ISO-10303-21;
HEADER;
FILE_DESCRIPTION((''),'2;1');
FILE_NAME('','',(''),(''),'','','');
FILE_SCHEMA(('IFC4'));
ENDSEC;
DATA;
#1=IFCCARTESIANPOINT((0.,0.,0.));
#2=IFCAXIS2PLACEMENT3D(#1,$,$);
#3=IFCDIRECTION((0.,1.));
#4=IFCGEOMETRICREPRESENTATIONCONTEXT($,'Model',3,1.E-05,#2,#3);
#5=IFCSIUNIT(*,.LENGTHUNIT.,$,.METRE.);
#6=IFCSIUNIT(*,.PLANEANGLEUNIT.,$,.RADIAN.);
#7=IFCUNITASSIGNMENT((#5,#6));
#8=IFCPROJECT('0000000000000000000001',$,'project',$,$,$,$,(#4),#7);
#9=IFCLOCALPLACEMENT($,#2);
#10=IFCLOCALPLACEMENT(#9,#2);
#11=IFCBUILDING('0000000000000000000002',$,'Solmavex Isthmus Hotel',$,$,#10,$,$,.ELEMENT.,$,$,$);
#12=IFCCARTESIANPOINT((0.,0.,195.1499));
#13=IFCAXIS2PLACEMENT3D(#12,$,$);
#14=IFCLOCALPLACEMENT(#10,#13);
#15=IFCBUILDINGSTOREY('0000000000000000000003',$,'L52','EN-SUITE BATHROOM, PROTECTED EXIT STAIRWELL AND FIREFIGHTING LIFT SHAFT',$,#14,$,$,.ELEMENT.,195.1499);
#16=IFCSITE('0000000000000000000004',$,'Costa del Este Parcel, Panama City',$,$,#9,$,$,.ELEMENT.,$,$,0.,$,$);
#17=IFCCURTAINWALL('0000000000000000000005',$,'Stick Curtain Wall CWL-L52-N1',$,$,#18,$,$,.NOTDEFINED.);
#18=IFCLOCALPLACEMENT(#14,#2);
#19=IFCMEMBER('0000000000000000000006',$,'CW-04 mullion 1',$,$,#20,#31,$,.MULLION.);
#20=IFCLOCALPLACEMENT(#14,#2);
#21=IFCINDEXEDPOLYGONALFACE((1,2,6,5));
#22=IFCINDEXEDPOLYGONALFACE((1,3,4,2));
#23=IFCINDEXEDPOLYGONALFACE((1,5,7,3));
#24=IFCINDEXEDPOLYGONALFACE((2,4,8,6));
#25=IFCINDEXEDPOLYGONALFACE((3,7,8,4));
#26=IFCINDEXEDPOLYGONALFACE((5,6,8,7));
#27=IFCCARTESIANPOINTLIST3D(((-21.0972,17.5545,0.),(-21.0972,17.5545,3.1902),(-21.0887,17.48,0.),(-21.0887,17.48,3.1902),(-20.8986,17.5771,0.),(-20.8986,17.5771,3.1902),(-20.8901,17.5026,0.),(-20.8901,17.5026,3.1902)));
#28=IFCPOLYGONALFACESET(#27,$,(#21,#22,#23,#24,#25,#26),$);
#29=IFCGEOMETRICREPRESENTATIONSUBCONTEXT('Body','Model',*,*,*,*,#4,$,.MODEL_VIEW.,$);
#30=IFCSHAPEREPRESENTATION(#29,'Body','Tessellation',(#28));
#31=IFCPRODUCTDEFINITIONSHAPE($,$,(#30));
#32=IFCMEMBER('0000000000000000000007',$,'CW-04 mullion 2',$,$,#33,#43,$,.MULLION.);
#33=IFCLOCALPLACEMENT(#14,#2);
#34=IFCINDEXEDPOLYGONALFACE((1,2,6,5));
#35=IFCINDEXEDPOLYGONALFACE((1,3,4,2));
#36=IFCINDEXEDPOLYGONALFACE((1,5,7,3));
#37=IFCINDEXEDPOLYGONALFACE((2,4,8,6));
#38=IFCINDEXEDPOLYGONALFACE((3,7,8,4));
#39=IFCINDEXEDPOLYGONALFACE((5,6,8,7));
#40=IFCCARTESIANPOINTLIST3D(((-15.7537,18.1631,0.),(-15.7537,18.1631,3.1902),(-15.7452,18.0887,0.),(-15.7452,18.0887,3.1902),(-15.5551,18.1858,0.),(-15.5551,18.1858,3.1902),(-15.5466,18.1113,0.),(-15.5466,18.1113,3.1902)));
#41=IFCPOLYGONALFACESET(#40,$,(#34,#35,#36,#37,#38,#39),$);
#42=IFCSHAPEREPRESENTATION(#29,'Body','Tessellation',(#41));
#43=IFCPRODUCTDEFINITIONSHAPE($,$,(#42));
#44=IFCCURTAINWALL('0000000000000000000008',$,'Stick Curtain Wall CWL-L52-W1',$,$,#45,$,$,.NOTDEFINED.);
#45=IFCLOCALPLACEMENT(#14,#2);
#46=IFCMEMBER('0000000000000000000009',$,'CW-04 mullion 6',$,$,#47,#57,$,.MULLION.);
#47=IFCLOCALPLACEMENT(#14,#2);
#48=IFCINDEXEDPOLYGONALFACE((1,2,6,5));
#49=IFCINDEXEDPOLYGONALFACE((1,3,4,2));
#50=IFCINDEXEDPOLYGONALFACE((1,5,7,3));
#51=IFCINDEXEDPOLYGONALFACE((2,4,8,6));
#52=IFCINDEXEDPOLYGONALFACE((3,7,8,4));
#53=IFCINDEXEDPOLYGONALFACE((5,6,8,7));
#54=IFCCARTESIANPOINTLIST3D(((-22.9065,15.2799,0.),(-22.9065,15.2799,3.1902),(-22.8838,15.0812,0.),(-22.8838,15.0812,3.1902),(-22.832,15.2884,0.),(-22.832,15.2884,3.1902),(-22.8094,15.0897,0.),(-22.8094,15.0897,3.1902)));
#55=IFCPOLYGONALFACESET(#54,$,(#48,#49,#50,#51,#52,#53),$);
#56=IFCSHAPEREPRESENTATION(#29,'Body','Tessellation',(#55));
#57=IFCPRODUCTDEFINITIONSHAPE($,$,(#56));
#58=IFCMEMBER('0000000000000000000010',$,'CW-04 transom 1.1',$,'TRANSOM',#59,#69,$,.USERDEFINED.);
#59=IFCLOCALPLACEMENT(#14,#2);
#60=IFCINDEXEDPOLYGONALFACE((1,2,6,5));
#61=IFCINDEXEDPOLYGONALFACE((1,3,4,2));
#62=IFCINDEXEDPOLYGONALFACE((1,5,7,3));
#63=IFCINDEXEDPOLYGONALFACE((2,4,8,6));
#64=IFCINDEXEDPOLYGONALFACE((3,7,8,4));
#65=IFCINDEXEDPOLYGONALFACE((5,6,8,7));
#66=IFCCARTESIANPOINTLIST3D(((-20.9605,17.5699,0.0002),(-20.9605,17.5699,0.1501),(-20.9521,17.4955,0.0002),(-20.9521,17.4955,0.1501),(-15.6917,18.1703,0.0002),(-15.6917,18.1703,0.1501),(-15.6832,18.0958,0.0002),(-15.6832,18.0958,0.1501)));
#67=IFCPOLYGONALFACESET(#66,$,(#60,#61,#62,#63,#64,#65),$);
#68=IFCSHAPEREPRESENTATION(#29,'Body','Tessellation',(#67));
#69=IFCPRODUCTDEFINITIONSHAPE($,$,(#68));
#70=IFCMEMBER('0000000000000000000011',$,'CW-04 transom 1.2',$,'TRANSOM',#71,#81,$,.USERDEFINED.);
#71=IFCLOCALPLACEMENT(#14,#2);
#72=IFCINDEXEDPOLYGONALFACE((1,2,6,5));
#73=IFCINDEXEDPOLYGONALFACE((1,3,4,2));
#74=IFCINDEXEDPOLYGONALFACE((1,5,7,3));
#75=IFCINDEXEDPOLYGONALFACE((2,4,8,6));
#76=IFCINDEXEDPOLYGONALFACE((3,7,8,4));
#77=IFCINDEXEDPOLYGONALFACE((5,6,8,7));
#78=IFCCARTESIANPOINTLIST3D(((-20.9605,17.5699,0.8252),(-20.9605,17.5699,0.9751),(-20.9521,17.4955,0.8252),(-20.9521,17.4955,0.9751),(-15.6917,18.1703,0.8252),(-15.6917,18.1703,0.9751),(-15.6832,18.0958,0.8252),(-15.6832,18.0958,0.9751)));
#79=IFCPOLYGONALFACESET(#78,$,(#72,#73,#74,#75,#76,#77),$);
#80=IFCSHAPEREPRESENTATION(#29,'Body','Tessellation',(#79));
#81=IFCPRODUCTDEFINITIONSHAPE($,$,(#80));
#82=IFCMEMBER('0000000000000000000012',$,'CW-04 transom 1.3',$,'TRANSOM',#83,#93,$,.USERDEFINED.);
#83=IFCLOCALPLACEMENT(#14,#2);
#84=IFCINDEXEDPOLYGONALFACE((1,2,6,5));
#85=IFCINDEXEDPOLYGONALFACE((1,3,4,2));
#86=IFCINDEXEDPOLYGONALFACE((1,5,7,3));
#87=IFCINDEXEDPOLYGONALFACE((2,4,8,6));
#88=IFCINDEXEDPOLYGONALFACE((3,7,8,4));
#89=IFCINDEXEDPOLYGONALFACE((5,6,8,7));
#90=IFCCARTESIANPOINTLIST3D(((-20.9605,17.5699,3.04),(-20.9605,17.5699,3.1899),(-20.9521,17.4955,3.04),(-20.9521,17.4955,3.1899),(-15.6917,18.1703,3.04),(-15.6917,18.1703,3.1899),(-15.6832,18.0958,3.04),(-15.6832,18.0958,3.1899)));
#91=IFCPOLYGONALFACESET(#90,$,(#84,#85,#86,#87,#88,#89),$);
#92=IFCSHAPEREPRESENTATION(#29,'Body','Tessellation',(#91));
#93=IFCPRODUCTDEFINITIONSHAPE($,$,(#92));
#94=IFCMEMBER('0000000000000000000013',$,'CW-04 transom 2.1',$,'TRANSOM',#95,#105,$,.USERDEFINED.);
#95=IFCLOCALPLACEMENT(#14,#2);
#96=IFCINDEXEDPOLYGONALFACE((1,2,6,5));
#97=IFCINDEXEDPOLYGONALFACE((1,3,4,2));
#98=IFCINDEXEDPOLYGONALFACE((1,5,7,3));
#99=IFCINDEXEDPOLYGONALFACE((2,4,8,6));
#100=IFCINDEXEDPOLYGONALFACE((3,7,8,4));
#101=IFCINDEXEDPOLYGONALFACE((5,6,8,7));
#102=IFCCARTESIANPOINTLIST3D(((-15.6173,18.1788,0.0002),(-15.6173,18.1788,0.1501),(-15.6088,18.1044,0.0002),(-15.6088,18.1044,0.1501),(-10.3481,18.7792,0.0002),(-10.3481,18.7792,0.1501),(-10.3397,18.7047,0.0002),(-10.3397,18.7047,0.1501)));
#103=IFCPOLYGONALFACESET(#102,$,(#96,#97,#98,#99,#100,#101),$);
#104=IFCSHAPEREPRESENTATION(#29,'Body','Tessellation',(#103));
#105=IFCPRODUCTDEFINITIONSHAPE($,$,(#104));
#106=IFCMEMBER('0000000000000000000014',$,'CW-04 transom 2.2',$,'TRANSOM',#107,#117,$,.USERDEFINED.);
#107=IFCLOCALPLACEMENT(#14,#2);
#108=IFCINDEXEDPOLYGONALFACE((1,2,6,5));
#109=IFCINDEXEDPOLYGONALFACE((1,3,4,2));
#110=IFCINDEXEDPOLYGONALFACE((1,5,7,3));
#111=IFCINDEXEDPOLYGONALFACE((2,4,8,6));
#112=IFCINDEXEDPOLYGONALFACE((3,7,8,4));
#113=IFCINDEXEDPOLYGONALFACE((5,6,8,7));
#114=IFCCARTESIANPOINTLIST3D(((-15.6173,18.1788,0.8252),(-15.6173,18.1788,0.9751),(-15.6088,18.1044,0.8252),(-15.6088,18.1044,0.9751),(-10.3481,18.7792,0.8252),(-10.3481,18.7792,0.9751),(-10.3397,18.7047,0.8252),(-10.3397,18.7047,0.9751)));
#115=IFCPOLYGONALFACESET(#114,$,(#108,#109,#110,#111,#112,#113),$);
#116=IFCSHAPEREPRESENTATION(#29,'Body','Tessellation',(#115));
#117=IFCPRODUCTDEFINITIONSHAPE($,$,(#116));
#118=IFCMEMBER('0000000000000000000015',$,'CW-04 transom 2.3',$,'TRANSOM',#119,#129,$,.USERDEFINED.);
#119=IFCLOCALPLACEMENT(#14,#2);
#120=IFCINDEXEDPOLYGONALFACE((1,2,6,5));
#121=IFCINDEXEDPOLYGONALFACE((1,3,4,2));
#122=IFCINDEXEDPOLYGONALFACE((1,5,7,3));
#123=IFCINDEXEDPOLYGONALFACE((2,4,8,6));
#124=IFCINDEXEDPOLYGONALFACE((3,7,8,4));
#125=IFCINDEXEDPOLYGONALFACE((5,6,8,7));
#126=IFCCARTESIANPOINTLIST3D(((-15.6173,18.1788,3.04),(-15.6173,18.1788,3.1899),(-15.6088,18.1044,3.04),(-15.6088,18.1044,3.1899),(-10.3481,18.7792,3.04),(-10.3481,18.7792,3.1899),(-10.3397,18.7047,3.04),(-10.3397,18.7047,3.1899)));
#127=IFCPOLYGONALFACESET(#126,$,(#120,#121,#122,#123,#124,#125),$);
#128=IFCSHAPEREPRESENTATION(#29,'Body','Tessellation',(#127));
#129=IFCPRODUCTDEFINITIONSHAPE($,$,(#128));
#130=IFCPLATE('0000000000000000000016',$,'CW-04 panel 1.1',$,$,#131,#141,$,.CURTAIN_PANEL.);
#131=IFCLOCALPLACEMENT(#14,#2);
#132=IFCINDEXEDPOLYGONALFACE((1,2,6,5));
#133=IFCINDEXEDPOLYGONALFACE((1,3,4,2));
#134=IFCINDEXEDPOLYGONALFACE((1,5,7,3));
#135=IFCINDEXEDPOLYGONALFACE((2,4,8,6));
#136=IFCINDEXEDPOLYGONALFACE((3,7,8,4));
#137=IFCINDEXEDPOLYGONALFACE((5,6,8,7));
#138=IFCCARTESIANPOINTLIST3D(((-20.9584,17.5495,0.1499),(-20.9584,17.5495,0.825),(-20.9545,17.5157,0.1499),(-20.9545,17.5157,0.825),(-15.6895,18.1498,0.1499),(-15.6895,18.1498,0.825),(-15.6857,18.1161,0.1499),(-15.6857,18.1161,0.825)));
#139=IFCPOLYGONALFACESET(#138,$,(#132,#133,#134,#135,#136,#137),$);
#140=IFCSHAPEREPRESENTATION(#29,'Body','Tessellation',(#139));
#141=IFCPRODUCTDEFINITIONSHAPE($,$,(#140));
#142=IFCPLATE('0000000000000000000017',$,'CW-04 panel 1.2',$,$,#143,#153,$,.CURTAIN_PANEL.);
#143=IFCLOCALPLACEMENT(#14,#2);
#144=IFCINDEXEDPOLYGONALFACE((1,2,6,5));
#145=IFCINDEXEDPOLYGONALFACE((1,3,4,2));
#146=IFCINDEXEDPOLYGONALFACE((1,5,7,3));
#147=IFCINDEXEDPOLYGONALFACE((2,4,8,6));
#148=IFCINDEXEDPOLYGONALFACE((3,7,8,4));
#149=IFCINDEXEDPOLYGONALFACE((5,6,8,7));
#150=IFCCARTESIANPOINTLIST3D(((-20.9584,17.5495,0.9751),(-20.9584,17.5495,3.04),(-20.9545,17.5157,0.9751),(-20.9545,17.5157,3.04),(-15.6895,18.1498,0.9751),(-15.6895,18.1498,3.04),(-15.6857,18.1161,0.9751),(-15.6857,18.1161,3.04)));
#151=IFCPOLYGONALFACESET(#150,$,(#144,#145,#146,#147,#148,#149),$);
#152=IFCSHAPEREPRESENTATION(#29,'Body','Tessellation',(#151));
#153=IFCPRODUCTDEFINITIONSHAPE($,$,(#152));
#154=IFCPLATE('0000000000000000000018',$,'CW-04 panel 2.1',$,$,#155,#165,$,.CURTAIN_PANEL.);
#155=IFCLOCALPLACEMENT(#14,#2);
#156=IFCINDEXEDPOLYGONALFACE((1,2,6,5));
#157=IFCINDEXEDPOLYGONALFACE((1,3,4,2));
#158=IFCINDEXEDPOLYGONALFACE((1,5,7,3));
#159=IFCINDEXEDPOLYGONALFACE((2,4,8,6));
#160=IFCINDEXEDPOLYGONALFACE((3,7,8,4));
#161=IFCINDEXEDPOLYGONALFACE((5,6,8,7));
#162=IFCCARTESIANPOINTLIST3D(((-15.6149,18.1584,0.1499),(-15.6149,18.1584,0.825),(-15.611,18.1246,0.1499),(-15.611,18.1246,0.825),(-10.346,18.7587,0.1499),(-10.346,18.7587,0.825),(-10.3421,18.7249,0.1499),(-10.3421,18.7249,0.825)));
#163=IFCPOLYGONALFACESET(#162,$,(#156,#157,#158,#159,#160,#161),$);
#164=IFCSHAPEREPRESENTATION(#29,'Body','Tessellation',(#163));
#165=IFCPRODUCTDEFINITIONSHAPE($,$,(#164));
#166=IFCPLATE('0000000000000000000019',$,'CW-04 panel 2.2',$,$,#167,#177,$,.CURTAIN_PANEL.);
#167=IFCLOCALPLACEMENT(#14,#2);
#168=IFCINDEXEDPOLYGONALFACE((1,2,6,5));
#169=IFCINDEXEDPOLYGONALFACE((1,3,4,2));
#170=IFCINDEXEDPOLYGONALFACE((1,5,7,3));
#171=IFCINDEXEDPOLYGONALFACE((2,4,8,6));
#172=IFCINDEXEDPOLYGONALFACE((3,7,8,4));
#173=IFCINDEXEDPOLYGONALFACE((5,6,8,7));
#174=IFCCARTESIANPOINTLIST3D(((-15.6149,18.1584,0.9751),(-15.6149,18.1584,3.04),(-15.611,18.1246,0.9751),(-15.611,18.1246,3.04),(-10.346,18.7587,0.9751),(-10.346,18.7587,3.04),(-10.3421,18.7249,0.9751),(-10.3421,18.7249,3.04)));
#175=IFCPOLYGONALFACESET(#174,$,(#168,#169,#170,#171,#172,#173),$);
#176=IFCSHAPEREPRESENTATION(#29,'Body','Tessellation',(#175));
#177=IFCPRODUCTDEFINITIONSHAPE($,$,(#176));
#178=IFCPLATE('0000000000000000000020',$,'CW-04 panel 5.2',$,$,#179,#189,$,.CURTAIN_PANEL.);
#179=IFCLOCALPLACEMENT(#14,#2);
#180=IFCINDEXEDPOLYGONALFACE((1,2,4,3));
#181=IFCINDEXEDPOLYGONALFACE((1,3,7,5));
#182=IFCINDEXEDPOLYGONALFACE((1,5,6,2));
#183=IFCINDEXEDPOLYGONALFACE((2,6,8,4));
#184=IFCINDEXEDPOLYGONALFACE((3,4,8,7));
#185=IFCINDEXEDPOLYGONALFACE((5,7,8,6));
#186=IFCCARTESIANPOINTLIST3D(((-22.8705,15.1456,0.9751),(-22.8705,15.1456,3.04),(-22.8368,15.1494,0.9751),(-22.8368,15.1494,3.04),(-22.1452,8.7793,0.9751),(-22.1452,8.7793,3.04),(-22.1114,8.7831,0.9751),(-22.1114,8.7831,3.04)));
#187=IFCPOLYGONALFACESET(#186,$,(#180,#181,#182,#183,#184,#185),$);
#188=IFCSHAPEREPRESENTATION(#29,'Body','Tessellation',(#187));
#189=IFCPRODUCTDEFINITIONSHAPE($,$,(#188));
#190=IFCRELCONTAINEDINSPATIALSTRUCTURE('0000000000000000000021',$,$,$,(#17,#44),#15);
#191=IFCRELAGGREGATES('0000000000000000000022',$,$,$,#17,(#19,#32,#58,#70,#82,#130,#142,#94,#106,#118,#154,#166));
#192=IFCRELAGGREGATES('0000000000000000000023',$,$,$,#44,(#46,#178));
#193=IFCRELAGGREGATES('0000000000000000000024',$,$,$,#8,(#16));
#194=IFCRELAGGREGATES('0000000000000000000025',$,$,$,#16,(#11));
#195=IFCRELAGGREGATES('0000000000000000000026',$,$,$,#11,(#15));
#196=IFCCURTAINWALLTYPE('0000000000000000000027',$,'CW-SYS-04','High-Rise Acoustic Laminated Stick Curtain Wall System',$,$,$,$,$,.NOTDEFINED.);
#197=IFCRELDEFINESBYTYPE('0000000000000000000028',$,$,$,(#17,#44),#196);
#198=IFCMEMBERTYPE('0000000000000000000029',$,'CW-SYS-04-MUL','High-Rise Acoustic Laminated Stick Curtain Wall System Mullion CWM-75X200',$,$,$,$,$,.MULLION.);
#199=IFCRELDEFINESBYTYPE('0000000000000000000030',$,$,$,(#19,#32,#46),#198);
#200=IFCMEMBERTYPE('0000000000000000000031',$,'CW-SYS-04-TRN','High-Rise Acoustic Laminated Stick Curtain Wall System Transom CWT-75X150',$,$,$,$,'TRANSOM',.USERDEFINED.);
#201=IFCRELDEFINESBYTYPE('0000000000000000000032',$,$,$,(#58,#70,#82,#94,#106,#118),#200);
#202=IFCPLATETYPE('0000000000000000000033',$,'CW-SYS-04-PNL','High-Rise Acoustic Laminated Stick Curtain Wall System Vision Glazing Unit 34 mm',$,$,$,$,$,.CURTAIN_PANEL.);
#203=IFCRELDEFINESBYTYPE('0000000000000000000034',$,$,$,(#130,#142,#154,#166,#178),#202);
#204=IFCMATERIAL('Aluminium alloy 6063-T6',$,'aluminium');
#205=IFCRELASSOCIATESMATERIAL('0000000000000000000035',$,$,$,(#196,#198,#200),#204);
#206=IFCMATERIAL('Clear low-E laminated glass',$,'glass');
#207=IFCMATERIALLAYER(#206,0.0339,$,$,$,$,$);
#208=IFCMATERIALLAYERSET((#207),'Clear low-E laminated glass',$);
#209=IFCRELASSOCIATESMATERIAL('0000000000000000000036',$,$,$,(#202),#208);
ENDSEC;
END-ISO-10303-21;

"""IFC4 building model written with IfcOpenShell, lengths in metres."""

from ifc_helpers import new_model, si_unit, direction, frame, origin, origin_2d, place, context, subcontext, project, spatial, rectangle, extrude, material, layer, layer_set, material_profile, profile_set, type_object, element, aggregate, save


model = new_model("IFC4")

# Units and contexts
model_context = context("Model", 3, precision=1e-05, world=origin(), true_north=direction((0.0, 1.0)))
body_context = subcontext(model_context, "Body", "Model", "MODEL_VIEW")
ifc_project = project(units=[si_unit("LENGTHUNIT", "METRE"), si_unit("PLANEANGLEUNIT", "RADIAN")], contexts=[model_context])

# Site, building, storey
site_placement = place(None, origin())
site = spatial("IfcSite", under=ifc_project, at=site_placement, Name="Costa del Este Parcel, Panama City", CompositionType="ELEMENT", RefElevation=0.0)
building_placement = place(site_placement, origin())
building = spatial("IfcBuilding", under=site, at=building_placement, Name="Solmavex Isthmus Hotel", CompositionType="ELEMENT")
storey_placement = place(building_placement, frame((0.0, 0.0, 195.1499)))
storey = spatial("IfcBuildingStorey", under=building, at=storey_placement, Name="L52", Description="EN-SUITE BATHROOM, PROTECTED EXIT STAIRWELL AND FIREFIGHTING LIFT SHAFT", CompositionType="ELEMENT", Elevation=195.1499)

# Curtain wall, members
ifc_material_1 = material(Name="Aluminium alloy 6063-T6", Category="aluminium")
curtain_wall_type = type_object("IfcCurtainWallType", Name="CW-SYS-04", Description="High-Rise Acoustic Laminated Stick Curtain Wall System", PredefinedType="NOTDEFINED", material=ifc_material_1)
curtain_wall_1_placement = place(storey_placement, origin())
curtain_wall_1 = element("IfcCurtainWall", 1, at=curtain_wall_1_placement, inside=storey, type_object=curtain_wall_type, Name="Stick Curtain Wall CWL-L52-N1", PredefinedType="NOTDEFINED")
ifc_material_profile_1 = material_profile(ifc_material_1, rectangle(XDim=0.075, YDim=0.2, at=origin_2d()), Name="CWM-75X200")
ifc_profile_set_1 = profile_set([ifc_material_profile_1], Name="Aluminium alloy 6063-T6")
member_type_1 = type_object("IfcMemberType", Name="CW-SYS-04-MUL", Description="High-Rise Acoustic Laminated Stick Curtain Wall System Mullion CWM-75X200", PredefinedType="MULLION", material=ifc_profile_set_1)
member_1_placement = place(storey_placement, frame((-20.9937, 17.5286, 0.0), z_axis=(0.0, 0.0, 1.0), x_axis=(-0.113203, 0.993572, 0.0)))
member_1 = element("IfcMember", 2, at=member_1_placement, type_object=member_type_1, Name="CW-04 mullion 1", PredefinedType="MULLION", context=body_context, shape_type="SweptSolid", body=[
    extrude(rectangle(XDim=0.075, YDim=0.2, at=origin_2d()), origin(), (0.0, 0.0, 1.0), 3.1902),
])
member_2_placement = place(storey_placement, frame((-15.6501, 18.1372, 0.0), z_axis=(0.0, 0.0, 1.0), x_axis=(-0.113203, 0.993572, 0.0)))
member_2 = element("IfcMember", 3, at=member_2_placement, type_object=member_type_1, Name="CW-04 mullion 2", PredefinedType="MULLION", context=body_context, shape_type="SweptSolid", body=[
    extrude(rectangle(XDim=0.075, YDim=0.2, at=origin_2d()), origin(), (0.0, 0.0, 1.0), 3.1902),
])

# Curtain wall, member
curtain_wall_2_placement = place(storey_placement, origin())
curtain_wall_2 = element("IfcCurtainWall", 4, at=curtain_wall_2_placement, inside=storey, type_object=curtain_wall_type, Name="Stick Curtain Wall CWL-L52-W1", PredefinedType="NOTDEFINED")
member_3_placement = place(storey_placement, frame((-22.8579, 15.1848, 0.0), z_axis=(0.0, 0.0, 1.0), x_axis=(-0.993572, -0.113203, 0.0)))
member_3 = element("IfcMember", 5, at=member_3_placement, type_object=member_type_1, Name="CW-04 mullion 6", PredefinedType="MULLION", context=body_context, shape_type="SweptSolid", body=[
    extrude(rectangle(XDim=0.075, YDim=0.2, at=origin_2d()), origin(), (0.0, 0.0, 1.0), 3.1902),
])

# Members
ifc_material_profile_2 = material_profile(ifc_material_1, rectangle(XDim=0.075, YDim=0.1499, at=origin_2d()), Name="CWT-75X150")
ifc_profile_set_2 = profile_set([ifc_material_profile_2], Name="Aluminium alloy 6063-T6")
member_type_2 = type_object("IfcMemberType", Name="CW-SYS-04-TRN", Description="High-Rise Acoustic Laminated Stick Curtain Wall System Transom CWT-75X150", ElementType="TRANSOM", PredefinedType="USERDEFINED", material=ifc_profile_set_2)
member_4_placement = place(storey_placement, frame((-20.9563, 17.5327, 0.0752), z_axis=(0.993571, 0.11321, 0.0), x_axis=(-0.11321, 0.993571, 0.0)))
member_4 = element("IfcMember", 6, at=member_4_placement, type_object=member_type_2, Name="CW-04 transom 1.1", ObjectType="TRANSOM", PredefinedType="USERDEFINED", context=body_context, shape_type="SweptSolid", body=[
    extrude(rectangle(XDim=0.075, YDim=0.1499, at=origin_2d()), origin(), (0.0, 0.0, 1.0), 5.303),
])
member_5_placement = place(storey_placement, frame((-20.9563, 17.5327, 0.9001), z_axis=(0.993571, 0.11321, 0.0), x_axis=(-0.11321, 0.993571, 0.0)))
member_5 = element("IfcMember", 7, at=member_5_placement, type_object=member_type_2, Name="CW-04 transom 1.2", ObjectType="TRANSOM", PredefinedType="USERDEFINED", context=body_context, shape_type="SweptSolid", body=[
    extrude(rectangle(XDim=0.075, YDim=0.1499, at=origin_2d()), origin(), (0.0, 0.0, 1.0), 5.303),
])
member_6_placement = place(storey_placement, frame((-20.9563, 17.5327, 3.115), z_axis=(0.993571, 0.11321, 0.0), x_axis=(-0.11321, 0.993571, 0.0)))
member_6 = element("IfcMember", 8, at=member_6_placement, type_object=member_type_2, Name="CW-04 transom 1.3", ObjectType="TRANSOM", PredefinedType="USERDEFINED", context=body_context, shape_type="SweptSolid", body=[
    extrude(rectangle(XDim=0.075, YDim=0.1499, at=origin_2d()), origin(), (0.0, 0.0, 1.0), 5.303),
])
member_7_placement = place(storey_placement, frame((-15.613, 18.1416, 0.0752), z_axis=(0.993572, 0.113205, 0.0), x_axis=(-0.113205, 0.993572, 0.0)))
member_7 = element("IfcMember", 9, at=member_7_placement, type_object=member_type_2, Name="CW-04 transom 2.1", ObjectType="TRANSOM", PredefinedType="USERDEFINED", context=body_context, shape_type="SweptSolid", body=[
    extrude(rectangle(XDim=0.075, YDim=0.1499, at=origin_2d()), origin(), (0.0, 0.0, 1.0), 5.3032),
])
member_8_placement = place(storey_placement, frame((-15.613, 18.1416, 0.9001), z_axis=(0.993572, 0.113205, 0.0), x_axis=(-0.113205, 0.993572, 0.0)))
member_8 = element("IfcMember", 10, at=member_8_placement, type_object=member_type_2, Name="CW-04 transom 2.2", ObjectType="TRANSOM", PredefinedType="USERDEFINED", context=body_context, shape_type="SweptSolid", body=[
    extrude(rectangle(XDim=0.075, YDim=0.1499, at=origin_2d()), origin(), (0.0, 0.0, 1.0), 5.3032),
])
member_9_placement = place(storey_placement, frame((-15.613, 18.1416, 3.115), z_axis=(0.993572, 0.113205, 0.0), x_axis=(-0.113205, 0.993572, 0.0)))
member_9 = element("IfcMember", 11, at=member_9_placement, type_object=member_type_2, Name="CW-04 transom 2.3", ObjectType="TRANSOM", PredefinedType="USERDEFINED", context=body_context, shape_type="SweptSolid", body=[
    extrude(rectangle(XDim=0.075, YDim=0.1499, at=origin_2d()), origin(), (0.0, 0.0, 1.0), 5.3032),
])

# Plates
ifc_material_2 = material(Name="Clear low-E laminated glass", Category="glass")
ifc_layer_1 = layer(ifc_material_2, 0.0339)
ifc_layer_set_1 = layer_set([ifc_layer_1], Name="Clear low-E laminated glass")
plate_type = type_object("IfcPlateType", Name="CW-SYS-04-PNL", Description="High-Rise Acoustic Laminated Stick Curtain Wall System Vision Glazing Unit 34 mm", PredefinedType="CURTAIN_PANEL", material=ifc_layer_set_1)
plate_1_placement = place(storey_placement, frame((-18.322, 17.8328, 0.1499), z_axis=(0.0, 0.0, 1.0), x_axis=(0.993572, 0.113203, 0.0)))
plate_1 = element("IfcPlate", 12, at=plate_1_placement, type_object=plate_type, Name="CW-04 panel 1.1", PredefinedType="CURTAIN_PANEL", context=body_context, shape_type="SweptSolid", body=[
    extrude(rectangle(XDim=5.303, YDim=0.0339, at=origin_2d()), origin(), (0.0, 0.0, 1.0), 0.675),
])
plate_2_placement = place(storey_placement, frame((-18.322, 17.8328, 0.9751), z_axis=(0.0, 0.0, 1.0), x_axis=(0.993572, 0.113203, 0.0)))
plate_2 = element("IfcPlate", 13, at=plate_2_placement, type_object=plate_type, Name="CW-04 panel 1.2", PredefinedType="CURTAIN_PANEL", context=body_context, shape_type="SweptSolid", body=[
    extrude(rectangle(XDim=5.303, YDim=0.0339, at=origin_2d()), origin(), (0.0, 0.0, 1.0), 2.0649),
])
plate_3_placement = place(storey_placement, frame((-12.9785, 18.4417, 0.1499), z_axis=(0.0, 0.0, 1.0), x_axis=(0.993572, 0.113203, 0.0)))
plate_3 = element("IfcPlate", 14, at=plate_3_placement, type_object=plate_type, Name="CW-04 panel 2.1", PredefinedType="CURTAIN_PANEL", context=body_context, shape_type="SweptSolid", body=[
    extrude(rectangle(XDim=5.303, YDim=0.0339, at=origin_2d()), origin(), (0.0, 0.0, 1.0), 0.675),
])
plate_4_placement = place(storey_placement, frame((-12.9785, 18.4417, 0.9751), z_axis=(0.0, 0.0, 1.0), x_axis=(0.993572, 0.113203, 0.0)))
plate_4 = element("IfcPlate", 15, at=plate_4_placement, type_object=plate_type, Name="CW-04 panel 2.2", PredefinedType="CURTAIN_PANEL", context=body_context, shape_type="SweptSolid", body=[
    extrude(rectangle(XDim=5.303, YDim=0.0339, at=origin_2d()), origin(), (0.0, 0.0, 1.0), 2.0649),
])
aggregate(curtain_wall_1, [member_1, member_2, member_4, member_5, member_6, plate_1, plate_2, member_7, member_8, member_9, plate_3, plate_4])
plate_5_placement = place(storey_placement, frame((-22.491, 11.9644, 0.9751), z_axis=(0.0, 0.0, 1.0), x_axis=(-0.113203, 0.993572, 0.0)))
plate_5 = element("IfcPlate", 16, at=plate_5_placement, type_object=plate_type, Name="CW-04 panel 5.2", PredefinedType="CURTAIN_PANEL", context=body_context, shape_type="SweptSolid", body=[
    extrude(rectangle(XDim=6.4075, YDim=0.0339, at=origin_2d()), origin(), (0.0, 0.0, 1.0), 2.0649),
])
aggregate(curtain_wall_2, [member_3, plate_5])

save(model, "model.ifc")
